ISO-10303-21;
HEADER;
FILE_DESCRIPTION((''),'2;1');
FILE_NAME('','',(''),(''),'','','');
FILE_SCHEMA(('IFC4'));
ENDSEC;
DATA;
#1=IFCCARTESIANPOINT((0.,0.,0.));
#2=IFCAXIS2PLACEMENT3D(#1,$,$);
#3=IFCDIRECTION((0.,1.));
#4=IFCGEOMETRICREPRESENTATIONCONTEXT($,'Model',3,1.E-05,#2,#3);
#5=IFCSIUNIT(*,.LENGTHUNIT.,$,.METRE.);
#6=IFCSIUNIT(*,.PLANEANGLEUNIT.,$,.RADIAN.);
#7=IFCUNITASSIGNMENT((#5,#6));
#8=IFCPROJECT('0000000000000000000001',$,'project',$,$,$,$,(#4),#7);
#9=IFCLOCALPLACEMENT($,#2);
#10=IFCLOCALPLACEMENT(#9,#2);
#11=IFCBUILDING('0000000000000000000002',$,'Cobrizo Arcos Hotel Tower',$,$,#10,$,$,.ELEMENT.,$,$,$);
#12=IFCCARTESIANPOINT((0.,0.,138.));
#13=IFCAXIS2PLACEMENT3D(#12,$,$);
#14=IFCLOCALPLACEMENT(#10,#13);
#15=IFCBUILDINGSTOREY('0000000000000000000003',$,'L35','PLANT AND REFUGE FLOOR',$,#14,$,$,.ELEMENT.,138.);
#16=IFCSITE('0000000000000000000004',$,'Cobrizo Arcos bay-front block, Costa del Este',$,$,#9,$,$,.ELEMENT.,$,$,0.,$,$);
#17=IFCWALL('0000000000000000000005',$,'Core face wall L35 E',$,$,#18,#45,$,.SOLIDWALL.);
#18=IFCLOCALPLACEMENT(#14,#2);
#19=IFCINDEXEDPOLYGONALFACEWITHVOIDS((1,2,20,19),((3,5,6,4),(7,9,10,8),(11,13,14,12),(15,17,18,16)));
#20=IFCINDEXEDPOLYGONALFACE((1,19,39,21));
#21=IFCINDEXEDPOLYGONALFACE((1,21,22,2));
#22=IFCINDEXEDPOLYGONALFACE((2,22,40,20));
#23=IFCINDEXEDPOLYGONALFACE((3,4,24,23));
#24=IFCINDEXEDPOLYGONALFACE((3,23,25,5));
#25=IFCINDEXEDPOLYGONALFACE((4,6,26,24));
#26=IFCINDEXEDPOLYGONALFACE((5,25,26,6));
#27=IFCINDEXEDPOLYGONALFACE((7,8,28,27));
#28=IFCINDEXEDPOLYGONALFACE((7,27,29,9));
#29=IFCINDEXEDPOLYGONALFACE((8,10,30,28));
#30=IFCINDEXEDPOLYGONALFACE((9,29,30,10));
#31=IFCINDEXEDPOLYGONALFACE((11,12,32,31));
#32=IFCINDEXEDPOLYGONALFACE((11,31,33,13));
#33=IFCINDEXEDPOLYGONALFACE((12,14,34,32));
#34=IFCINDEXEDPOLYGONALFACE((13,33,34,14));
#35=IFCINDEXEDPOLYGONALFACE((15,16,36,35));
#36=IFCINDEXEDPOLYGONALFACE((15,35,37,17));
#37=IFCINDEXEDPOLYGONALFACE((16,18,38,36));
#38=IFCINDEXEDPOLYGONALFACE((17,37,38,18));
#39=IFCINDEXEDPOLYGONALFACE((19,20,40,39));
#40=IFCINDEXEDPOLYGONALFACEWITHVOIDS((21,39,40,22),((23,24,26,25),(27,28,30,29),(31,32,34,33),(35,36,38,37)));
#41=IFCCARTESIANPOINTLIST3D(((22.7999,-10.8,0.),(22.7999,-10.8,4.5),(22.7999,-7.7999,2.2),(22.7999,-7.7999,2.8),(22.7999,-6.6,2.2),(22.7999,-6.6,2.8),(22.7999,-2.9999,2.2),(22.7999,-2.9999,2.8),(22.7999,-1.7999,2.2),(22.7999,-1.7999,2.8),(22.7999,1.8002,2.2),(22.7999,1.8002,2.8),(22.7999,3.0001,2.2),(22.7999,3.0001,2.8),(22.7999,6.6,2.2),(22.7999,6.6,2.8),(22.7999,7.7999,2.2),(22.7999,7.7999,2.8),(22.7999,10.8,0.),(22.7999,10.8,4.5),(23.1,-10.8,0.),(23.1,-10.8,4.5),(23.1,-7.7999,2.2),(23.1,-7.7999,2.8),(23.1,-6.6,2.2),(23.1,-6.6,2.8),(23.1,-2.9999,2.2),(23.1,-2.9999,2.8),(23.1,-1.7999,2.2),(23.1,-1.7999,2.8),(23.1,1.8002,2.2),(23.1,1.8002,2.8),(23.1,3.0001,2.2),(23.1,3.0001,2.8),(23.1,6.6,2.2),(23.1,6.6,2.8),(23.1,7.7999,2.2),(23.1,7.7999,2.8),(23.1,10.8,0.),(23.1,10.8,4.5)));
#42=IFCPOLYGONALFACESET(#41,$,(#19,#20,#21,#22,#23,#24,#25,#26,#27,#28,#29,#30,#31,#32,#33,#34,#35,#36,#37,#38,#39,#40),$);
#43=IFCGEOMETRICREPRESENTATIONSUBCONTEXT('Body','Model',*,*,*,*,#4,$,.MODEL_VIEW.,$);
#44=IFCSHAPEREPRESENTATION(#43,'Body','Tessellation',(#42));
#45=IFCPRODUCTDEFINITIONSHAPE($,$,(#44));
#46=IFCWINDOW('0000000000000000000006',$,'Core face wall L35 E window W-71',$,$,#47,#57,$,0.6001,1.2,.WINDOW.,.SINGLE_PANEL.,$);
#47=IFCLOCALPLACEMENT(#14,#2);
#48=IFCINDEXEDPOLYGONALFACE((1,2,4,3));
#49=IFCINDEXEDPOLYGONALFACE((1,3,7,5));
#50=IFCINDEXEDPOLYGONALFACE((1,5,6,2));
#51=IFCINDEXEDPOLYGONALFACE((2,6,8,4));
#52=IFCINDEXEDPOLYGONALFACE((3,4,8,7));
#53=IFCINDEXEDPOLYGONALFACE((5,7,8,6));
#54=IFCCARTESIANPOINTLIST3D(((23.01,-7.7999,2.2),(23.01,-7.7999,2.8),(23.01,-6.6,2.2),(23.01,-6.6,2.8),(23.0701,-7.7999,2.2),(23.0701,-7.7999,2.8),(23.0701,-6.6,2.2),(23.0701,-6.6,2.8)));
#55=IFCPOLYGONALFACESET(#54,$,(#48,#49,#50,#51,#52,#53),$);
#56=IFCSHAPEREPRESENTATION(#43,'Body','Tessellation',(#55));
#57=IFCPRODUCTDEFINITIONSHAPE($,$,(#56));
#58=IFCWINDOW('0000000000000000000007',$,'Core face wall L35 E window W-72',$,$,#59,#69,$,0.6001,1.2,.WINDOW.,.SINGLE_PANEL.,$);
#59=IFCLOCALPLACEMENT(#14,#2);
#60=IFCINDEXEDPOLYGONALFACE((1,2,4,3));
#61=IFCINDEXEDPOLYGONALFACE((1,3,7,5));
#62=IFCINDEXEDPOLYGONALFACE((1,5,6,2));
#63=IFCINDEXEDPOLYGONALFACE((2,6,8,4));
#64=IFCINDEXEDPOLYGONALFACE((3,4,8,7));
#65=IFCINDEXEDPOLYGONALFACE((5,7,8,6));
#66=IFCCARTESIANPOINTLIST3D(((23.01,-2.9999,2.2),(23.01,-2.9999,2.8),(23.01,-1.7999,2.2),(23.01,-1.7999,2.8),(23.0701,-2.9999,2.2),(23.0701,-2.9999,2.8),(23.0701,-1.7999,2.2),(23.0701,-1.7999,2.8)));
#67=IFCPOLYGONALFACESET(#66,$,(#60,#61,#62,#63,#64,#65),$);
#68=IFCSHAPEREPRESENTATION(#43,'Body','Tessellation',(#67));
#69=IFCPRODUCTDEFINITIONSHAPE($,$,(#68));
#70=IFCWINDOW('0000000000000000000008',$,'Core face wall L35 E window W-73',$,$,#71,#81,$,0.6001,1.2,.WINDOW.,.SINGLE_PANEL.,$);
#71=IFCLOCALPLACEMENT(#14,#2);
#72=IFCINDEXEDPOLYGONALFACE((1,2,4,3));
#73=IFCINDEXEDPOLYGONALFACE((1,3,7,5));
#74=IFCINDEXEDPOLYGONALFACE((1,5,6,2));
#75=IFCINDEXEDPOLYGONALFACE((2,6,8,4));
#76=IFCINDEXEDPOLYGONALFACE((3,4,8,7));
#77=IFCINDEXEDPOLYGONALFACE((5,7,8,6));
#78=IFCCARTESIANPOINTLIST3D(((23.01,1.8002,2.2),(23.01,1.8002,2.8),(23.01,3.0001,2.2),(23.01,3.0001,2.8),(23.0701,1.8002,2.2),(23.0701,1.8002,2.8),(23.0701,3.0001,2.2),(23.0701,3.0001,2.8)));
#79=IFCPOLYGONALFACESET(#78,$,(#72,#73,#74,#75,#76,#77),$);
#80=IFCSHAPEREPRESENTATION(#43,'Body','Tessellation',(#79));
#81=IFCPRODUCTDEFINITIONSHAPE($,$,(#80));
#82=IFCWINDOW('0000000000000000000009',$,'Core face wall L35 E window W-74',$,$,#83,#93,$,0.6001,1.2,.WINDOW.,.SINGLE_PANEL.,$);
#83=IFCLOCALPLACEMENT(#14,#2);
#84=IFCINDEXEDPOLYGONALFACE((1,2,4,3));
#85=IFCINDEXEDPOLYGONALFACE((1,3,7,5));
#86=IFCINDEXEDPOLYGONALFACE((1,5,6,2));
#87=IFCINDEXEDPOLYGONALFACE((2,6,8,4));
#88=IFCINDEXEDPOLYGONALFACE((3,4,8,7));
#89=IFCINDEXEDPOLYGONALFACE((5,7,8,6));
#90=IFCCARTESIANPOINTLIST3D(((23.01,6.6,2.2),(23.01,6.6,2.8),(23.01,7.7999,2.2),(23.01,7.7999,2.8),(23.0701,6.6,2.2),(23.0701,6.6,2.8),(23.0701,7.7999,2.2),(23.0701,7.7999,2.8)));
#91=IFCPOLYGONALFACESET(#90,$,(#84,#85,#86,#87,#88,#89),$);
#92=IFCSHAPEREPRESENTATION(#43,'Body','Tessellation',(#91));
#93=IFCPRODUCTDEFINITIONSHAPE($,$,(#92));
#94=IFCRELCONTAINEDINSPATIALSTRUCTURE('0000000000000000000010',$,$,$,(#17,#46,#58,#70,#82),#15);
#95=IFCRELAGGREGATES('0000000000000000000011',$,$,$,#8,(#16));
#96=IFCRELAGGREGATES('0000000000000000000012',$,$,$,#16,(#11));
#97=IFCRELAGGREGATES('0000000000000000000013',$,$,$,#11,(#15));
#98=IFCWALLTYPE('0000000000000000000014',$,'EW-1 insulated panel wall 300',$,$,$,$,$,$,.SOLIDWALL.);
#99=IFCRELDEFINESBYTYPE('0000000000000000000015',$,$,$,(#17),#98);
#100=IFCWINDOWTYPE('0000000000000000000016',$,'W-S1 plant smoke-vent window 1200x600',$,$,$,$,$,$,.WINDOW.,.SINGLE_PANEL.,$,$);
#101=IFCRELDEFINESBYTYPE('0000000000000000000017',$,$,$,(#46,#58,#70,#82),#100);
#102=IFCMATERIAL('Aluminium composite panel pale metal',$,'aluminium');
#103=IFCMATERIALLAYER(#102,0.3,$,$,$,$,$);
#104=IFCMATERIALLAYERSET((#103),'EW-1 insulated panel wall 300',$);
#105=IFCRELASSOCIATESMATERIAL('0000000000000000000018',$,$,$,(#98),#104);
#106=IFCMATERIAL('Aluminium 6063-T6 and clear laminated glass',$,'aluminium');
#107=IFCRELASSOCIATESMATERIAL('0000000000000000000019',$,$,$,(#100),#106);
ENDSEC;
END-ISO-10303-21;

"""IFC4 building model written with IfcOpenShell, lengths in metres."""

from ifc_helpers import new_model, si_unit, direction, frame, frame_2d, origin, place, context, subcontext, project, spatial, rectangle, extrude, material, layer, layer_set, type_object, element, fill, save


model = new_model("IFC4")

# Units and contexts
model_context = context("Model", 3, precision=1e-05, world=origin(), true_north=direction((0.0, 1.0)))
body_context = subcontext(model_context, "Body", "Model", "MODEL_VIEW")
ifc_project = project(units=[si_unit("LENGTHUNIT", "METRE"), si_unit("PLANEANGLEUNIT", "RADIAN")], contexts=[model_context])

# Site, building, storey
site_placement = place(None, origin())
site = spatial("IfcSite", under=ifc_project, at=site_placement, Name="Cobrizo Arcos bay-front block, Costa del Este", CompositionType="ELEMENT", RefElevation=0.0)
building_placement = place(site_placement, origin())
building = spatial("IfcBuilding", under=site, at=building_placement, Name="Cobrizo Arcos Hotel Tower", CompositionType="ELEMENT")
storey_placement = place(building_placement, frame((0.0, 0.0, 138.0)))
storey = spatial("IfcBuildingStorey", under=building, at=storey_placement, Name="L35", Description="PLANT AND REFUGE FLOOR", CompositionType="ELEMENT", Elevation=138.0)

# Shared definitions
ifc_material_1 = material(Name="Aluminium composite panel pale metal", Category="aluminium")

# Wall, openings, windows
ifc_layer_1 = layer(ifc_material_1, 0.3)
ifc_layer_set_1 = layer_set([ifc_layer_1], Name="EW-1 insulated panel wall 300")
wall_type_1 = type_object("IfcWallType", Name="EW-1 insulated panel wall 300", PredefinedType="SOLIDWALL", material=ifc_layer_set_1)
wall_1_placement = place(storey_placement, frame((22.95, -10.8, 0.0), z_axis=(0.0, 0.0, 1.0), x_axis=(0.0, 1.0, 0.0)))
wall_1 = element("IfcWall", 1, at=wall_1_placement, inside=storey, type_object=wall_type_1, Name="Core face wall L35 E", PredefinedType="SOLIDWALL", context=body_context, shape_type="SweptSolid", body=[
    extrude(rectangle(XDim=21.6001, YDim=0.3, at=frame_2d((10.8, 0.0))), origin(), (0.0, 0.0, 1.0), 4.5),
])
opening_1_placement = place(wall_1_placement, frame((3.0, 0.0, 2.2)))
opening_1 = element("IfcOpeningElement", 2, at=opening_1_placement, cuts=wall_1, PredefinedType="OPENING", context=body_context, shape_type="SweptSolid", body=[
    extrude(rectangle(XDim=1.2, YDim=0.6001, at=frame_2d((0.6001, 0.3))), frame((0.0, 0.1621, 0.0), z_axis=(0.0, -1.0, 0.0), x_axis=(1.0, 0.0, 0.0)), (0.0, 0.0, 1.0), 0.324),
])
opening_2_placement = place(wall_1_placement, frame((7.8, 0.0, 2.2)))
opening_2 = element("IfcOpeningElement", 3, at=opening_2_placement, cuts=wall_1, PredefinedType="OPENING", context=body_context, shape_type="SweptSolid", body=[
    extrude(rectangle(XDim=1.2, YDim=0.6001, at=frame_2d((0.6001, 0.3))), frame((0.0, 0.1621, 0.0), z_axis=(0.0, -1.0, 0.0), x_axis=(1.0, 0.0, 0.0)), (0.0, 0.0, 1.0), 0.324),
])
opening_3_placement = place(wall_1_placement, frame((12.6001, 0.0, 2.2)))
opening_3 = element("IfcOpeningElement", 4, at=opening_3_placement, cuts=wall_1, PredefinedType="OPENING", context=body_context, shape_type="SweptSolid", body=[
    extrude(rectangle(XDim=1.2, YDim=0.6001, at=frame_2d((0.6001, 0.3))), frame((0.0, 0.1621, 0.0), z_axis=(0.0, -1.0, 0.0), x_axis=(1.0, 0.0, 0.0)), (0.0, 0.0, 1.0), 0.324),
])
opening_4_placement = place(wall_1_placement, frame((17.3999, 0.0, 2.2)))
opening_4 = element("IfcOpeningElement", 5, at=opening_4_placement, cuts=wall_1, PredefinedType="OPENING", context=body_context, shape_type="SweptSolid", body=[
    extrude(rectangle(XDim=1.2, YDim=0.6001, at=frame_2d((0.6001, 0.3))), frame((0.0, 0.1621, 0.0), z_axis=(0.0, -1.0, 0.0), x_axis=(1.0, 0.0, 0.0)), (0.0, 0.0, 1.0), 0.324),
])
ifc_material_2 = material(Name="Aluminium 6063-T6 and clear laminated glass", Category="aluminium")
window_type = type_object("IfcWindowType", Name="W-S1 plant smoke-vent window 1200x600", PartitioningType="SINGLE_PANEL", PredefinedType="WINDOW", material=ifc_material_2)
window_1_placement = place(opening_1_placement, origin())
window_1 = element("IfcWindow", 6, at=window_1_placement, inside=storey, type_object=window_type, Name="Core face wall L35 E window W-71", OverallHeight=0.6001, OverallWidth=1.2, PartitioningType="SINGLE_PANEL", PredefinedType="WINDOW", context=body_context, shape_type="SweptSolid", body=[
    extrude(rectangle(XDim=1.2, YDim=0.6001, at=frame_2d((0.6001, 0.3))), frame((0.0, -0.0601, 0.0), z_axis=(0.0, -1.0, 0.0), x_axis=(1.0, 0.0, 0.0)), (0.0, 0.0, 1.0), 0.0601),
])
fill(opening_1, window_1)
window_2_placement = place(opening_2_placement, origin())
window_2 = element("IfcWindow", 7, at=window_2_placement, inside=storey, type_object=window_type, Name="Core face wall L35 E window W-72", OverallHeight=0.6001, OverallWidth=1.2, PartitioningType="SINGLE_PANEL", PredefinedType="WINDOW", context=body_context, shape_type="SweptSolid", body=[
    extrude(rectangle(XDim=1.2, YDim=0.6001, at=frame_2d((0.6001, 0.3))), frame((0.0, -0.0601, 0.0), z_axis=(0.0, -1.0, 0.0), x_axis=(1.0, 0.0, 0.0)), (0.0, 0.0, 1.0), 0.0601),
])
fill(opening_2, window_2)
window_3_placement = place(opening_3_placement, origin())
window_3 = element("IfcWindow", 8, at=window_3_placement, inside=storey, type_object=window_type, Name="Core face wall L35 E window W-73", OverallHeight=0.6001, OverallWidth=1.2, PartitioningType="SINGLE_PANEL", PredefinedType="WINDOW", context=body_context, shape_type="SweptSolid", body=[
    extrude(rectangle(XDim=1.2, YDim=0.6001, at=frame_2d((0.6001, 0.3))), frame((0.0, -0.0601, 0.0), z_axis=(0.0, -1.0, 0.0), x_axis=(1.0, 0.0, 0.0)), (0.0, 0.0, 1.0), 0.0601),
])
fill(opening_3, window_3)
window_4_placement = place(opening_4_placement, origin())
window_4 = element("IfcWindow", 9, at=window_4_placement, inside=storey, type_object=window_type, Name="Core face wall L35 E window W-74", OverallHeight=0.6001, OverallWidth=1.2, PartitioningType="SINGLE_PANEL", PredefinedType="WINDOW", context=body_context, shape_type="SweptSolid", body=[
    extrude(rectangle(XDim=1.2, YDim=0.6001, at=frame_2d((0.6001, 0.3))), frame((0.0, -0.0601, 0.0), z_axis=(0.0, -1.0, 0.0), x_axis=(1.0, 0.0, 0.0)), (0.0, 0.0, 1.0), 0.0601),
])
fill(opening_4, window_4)

save(model, "model.ifc")
